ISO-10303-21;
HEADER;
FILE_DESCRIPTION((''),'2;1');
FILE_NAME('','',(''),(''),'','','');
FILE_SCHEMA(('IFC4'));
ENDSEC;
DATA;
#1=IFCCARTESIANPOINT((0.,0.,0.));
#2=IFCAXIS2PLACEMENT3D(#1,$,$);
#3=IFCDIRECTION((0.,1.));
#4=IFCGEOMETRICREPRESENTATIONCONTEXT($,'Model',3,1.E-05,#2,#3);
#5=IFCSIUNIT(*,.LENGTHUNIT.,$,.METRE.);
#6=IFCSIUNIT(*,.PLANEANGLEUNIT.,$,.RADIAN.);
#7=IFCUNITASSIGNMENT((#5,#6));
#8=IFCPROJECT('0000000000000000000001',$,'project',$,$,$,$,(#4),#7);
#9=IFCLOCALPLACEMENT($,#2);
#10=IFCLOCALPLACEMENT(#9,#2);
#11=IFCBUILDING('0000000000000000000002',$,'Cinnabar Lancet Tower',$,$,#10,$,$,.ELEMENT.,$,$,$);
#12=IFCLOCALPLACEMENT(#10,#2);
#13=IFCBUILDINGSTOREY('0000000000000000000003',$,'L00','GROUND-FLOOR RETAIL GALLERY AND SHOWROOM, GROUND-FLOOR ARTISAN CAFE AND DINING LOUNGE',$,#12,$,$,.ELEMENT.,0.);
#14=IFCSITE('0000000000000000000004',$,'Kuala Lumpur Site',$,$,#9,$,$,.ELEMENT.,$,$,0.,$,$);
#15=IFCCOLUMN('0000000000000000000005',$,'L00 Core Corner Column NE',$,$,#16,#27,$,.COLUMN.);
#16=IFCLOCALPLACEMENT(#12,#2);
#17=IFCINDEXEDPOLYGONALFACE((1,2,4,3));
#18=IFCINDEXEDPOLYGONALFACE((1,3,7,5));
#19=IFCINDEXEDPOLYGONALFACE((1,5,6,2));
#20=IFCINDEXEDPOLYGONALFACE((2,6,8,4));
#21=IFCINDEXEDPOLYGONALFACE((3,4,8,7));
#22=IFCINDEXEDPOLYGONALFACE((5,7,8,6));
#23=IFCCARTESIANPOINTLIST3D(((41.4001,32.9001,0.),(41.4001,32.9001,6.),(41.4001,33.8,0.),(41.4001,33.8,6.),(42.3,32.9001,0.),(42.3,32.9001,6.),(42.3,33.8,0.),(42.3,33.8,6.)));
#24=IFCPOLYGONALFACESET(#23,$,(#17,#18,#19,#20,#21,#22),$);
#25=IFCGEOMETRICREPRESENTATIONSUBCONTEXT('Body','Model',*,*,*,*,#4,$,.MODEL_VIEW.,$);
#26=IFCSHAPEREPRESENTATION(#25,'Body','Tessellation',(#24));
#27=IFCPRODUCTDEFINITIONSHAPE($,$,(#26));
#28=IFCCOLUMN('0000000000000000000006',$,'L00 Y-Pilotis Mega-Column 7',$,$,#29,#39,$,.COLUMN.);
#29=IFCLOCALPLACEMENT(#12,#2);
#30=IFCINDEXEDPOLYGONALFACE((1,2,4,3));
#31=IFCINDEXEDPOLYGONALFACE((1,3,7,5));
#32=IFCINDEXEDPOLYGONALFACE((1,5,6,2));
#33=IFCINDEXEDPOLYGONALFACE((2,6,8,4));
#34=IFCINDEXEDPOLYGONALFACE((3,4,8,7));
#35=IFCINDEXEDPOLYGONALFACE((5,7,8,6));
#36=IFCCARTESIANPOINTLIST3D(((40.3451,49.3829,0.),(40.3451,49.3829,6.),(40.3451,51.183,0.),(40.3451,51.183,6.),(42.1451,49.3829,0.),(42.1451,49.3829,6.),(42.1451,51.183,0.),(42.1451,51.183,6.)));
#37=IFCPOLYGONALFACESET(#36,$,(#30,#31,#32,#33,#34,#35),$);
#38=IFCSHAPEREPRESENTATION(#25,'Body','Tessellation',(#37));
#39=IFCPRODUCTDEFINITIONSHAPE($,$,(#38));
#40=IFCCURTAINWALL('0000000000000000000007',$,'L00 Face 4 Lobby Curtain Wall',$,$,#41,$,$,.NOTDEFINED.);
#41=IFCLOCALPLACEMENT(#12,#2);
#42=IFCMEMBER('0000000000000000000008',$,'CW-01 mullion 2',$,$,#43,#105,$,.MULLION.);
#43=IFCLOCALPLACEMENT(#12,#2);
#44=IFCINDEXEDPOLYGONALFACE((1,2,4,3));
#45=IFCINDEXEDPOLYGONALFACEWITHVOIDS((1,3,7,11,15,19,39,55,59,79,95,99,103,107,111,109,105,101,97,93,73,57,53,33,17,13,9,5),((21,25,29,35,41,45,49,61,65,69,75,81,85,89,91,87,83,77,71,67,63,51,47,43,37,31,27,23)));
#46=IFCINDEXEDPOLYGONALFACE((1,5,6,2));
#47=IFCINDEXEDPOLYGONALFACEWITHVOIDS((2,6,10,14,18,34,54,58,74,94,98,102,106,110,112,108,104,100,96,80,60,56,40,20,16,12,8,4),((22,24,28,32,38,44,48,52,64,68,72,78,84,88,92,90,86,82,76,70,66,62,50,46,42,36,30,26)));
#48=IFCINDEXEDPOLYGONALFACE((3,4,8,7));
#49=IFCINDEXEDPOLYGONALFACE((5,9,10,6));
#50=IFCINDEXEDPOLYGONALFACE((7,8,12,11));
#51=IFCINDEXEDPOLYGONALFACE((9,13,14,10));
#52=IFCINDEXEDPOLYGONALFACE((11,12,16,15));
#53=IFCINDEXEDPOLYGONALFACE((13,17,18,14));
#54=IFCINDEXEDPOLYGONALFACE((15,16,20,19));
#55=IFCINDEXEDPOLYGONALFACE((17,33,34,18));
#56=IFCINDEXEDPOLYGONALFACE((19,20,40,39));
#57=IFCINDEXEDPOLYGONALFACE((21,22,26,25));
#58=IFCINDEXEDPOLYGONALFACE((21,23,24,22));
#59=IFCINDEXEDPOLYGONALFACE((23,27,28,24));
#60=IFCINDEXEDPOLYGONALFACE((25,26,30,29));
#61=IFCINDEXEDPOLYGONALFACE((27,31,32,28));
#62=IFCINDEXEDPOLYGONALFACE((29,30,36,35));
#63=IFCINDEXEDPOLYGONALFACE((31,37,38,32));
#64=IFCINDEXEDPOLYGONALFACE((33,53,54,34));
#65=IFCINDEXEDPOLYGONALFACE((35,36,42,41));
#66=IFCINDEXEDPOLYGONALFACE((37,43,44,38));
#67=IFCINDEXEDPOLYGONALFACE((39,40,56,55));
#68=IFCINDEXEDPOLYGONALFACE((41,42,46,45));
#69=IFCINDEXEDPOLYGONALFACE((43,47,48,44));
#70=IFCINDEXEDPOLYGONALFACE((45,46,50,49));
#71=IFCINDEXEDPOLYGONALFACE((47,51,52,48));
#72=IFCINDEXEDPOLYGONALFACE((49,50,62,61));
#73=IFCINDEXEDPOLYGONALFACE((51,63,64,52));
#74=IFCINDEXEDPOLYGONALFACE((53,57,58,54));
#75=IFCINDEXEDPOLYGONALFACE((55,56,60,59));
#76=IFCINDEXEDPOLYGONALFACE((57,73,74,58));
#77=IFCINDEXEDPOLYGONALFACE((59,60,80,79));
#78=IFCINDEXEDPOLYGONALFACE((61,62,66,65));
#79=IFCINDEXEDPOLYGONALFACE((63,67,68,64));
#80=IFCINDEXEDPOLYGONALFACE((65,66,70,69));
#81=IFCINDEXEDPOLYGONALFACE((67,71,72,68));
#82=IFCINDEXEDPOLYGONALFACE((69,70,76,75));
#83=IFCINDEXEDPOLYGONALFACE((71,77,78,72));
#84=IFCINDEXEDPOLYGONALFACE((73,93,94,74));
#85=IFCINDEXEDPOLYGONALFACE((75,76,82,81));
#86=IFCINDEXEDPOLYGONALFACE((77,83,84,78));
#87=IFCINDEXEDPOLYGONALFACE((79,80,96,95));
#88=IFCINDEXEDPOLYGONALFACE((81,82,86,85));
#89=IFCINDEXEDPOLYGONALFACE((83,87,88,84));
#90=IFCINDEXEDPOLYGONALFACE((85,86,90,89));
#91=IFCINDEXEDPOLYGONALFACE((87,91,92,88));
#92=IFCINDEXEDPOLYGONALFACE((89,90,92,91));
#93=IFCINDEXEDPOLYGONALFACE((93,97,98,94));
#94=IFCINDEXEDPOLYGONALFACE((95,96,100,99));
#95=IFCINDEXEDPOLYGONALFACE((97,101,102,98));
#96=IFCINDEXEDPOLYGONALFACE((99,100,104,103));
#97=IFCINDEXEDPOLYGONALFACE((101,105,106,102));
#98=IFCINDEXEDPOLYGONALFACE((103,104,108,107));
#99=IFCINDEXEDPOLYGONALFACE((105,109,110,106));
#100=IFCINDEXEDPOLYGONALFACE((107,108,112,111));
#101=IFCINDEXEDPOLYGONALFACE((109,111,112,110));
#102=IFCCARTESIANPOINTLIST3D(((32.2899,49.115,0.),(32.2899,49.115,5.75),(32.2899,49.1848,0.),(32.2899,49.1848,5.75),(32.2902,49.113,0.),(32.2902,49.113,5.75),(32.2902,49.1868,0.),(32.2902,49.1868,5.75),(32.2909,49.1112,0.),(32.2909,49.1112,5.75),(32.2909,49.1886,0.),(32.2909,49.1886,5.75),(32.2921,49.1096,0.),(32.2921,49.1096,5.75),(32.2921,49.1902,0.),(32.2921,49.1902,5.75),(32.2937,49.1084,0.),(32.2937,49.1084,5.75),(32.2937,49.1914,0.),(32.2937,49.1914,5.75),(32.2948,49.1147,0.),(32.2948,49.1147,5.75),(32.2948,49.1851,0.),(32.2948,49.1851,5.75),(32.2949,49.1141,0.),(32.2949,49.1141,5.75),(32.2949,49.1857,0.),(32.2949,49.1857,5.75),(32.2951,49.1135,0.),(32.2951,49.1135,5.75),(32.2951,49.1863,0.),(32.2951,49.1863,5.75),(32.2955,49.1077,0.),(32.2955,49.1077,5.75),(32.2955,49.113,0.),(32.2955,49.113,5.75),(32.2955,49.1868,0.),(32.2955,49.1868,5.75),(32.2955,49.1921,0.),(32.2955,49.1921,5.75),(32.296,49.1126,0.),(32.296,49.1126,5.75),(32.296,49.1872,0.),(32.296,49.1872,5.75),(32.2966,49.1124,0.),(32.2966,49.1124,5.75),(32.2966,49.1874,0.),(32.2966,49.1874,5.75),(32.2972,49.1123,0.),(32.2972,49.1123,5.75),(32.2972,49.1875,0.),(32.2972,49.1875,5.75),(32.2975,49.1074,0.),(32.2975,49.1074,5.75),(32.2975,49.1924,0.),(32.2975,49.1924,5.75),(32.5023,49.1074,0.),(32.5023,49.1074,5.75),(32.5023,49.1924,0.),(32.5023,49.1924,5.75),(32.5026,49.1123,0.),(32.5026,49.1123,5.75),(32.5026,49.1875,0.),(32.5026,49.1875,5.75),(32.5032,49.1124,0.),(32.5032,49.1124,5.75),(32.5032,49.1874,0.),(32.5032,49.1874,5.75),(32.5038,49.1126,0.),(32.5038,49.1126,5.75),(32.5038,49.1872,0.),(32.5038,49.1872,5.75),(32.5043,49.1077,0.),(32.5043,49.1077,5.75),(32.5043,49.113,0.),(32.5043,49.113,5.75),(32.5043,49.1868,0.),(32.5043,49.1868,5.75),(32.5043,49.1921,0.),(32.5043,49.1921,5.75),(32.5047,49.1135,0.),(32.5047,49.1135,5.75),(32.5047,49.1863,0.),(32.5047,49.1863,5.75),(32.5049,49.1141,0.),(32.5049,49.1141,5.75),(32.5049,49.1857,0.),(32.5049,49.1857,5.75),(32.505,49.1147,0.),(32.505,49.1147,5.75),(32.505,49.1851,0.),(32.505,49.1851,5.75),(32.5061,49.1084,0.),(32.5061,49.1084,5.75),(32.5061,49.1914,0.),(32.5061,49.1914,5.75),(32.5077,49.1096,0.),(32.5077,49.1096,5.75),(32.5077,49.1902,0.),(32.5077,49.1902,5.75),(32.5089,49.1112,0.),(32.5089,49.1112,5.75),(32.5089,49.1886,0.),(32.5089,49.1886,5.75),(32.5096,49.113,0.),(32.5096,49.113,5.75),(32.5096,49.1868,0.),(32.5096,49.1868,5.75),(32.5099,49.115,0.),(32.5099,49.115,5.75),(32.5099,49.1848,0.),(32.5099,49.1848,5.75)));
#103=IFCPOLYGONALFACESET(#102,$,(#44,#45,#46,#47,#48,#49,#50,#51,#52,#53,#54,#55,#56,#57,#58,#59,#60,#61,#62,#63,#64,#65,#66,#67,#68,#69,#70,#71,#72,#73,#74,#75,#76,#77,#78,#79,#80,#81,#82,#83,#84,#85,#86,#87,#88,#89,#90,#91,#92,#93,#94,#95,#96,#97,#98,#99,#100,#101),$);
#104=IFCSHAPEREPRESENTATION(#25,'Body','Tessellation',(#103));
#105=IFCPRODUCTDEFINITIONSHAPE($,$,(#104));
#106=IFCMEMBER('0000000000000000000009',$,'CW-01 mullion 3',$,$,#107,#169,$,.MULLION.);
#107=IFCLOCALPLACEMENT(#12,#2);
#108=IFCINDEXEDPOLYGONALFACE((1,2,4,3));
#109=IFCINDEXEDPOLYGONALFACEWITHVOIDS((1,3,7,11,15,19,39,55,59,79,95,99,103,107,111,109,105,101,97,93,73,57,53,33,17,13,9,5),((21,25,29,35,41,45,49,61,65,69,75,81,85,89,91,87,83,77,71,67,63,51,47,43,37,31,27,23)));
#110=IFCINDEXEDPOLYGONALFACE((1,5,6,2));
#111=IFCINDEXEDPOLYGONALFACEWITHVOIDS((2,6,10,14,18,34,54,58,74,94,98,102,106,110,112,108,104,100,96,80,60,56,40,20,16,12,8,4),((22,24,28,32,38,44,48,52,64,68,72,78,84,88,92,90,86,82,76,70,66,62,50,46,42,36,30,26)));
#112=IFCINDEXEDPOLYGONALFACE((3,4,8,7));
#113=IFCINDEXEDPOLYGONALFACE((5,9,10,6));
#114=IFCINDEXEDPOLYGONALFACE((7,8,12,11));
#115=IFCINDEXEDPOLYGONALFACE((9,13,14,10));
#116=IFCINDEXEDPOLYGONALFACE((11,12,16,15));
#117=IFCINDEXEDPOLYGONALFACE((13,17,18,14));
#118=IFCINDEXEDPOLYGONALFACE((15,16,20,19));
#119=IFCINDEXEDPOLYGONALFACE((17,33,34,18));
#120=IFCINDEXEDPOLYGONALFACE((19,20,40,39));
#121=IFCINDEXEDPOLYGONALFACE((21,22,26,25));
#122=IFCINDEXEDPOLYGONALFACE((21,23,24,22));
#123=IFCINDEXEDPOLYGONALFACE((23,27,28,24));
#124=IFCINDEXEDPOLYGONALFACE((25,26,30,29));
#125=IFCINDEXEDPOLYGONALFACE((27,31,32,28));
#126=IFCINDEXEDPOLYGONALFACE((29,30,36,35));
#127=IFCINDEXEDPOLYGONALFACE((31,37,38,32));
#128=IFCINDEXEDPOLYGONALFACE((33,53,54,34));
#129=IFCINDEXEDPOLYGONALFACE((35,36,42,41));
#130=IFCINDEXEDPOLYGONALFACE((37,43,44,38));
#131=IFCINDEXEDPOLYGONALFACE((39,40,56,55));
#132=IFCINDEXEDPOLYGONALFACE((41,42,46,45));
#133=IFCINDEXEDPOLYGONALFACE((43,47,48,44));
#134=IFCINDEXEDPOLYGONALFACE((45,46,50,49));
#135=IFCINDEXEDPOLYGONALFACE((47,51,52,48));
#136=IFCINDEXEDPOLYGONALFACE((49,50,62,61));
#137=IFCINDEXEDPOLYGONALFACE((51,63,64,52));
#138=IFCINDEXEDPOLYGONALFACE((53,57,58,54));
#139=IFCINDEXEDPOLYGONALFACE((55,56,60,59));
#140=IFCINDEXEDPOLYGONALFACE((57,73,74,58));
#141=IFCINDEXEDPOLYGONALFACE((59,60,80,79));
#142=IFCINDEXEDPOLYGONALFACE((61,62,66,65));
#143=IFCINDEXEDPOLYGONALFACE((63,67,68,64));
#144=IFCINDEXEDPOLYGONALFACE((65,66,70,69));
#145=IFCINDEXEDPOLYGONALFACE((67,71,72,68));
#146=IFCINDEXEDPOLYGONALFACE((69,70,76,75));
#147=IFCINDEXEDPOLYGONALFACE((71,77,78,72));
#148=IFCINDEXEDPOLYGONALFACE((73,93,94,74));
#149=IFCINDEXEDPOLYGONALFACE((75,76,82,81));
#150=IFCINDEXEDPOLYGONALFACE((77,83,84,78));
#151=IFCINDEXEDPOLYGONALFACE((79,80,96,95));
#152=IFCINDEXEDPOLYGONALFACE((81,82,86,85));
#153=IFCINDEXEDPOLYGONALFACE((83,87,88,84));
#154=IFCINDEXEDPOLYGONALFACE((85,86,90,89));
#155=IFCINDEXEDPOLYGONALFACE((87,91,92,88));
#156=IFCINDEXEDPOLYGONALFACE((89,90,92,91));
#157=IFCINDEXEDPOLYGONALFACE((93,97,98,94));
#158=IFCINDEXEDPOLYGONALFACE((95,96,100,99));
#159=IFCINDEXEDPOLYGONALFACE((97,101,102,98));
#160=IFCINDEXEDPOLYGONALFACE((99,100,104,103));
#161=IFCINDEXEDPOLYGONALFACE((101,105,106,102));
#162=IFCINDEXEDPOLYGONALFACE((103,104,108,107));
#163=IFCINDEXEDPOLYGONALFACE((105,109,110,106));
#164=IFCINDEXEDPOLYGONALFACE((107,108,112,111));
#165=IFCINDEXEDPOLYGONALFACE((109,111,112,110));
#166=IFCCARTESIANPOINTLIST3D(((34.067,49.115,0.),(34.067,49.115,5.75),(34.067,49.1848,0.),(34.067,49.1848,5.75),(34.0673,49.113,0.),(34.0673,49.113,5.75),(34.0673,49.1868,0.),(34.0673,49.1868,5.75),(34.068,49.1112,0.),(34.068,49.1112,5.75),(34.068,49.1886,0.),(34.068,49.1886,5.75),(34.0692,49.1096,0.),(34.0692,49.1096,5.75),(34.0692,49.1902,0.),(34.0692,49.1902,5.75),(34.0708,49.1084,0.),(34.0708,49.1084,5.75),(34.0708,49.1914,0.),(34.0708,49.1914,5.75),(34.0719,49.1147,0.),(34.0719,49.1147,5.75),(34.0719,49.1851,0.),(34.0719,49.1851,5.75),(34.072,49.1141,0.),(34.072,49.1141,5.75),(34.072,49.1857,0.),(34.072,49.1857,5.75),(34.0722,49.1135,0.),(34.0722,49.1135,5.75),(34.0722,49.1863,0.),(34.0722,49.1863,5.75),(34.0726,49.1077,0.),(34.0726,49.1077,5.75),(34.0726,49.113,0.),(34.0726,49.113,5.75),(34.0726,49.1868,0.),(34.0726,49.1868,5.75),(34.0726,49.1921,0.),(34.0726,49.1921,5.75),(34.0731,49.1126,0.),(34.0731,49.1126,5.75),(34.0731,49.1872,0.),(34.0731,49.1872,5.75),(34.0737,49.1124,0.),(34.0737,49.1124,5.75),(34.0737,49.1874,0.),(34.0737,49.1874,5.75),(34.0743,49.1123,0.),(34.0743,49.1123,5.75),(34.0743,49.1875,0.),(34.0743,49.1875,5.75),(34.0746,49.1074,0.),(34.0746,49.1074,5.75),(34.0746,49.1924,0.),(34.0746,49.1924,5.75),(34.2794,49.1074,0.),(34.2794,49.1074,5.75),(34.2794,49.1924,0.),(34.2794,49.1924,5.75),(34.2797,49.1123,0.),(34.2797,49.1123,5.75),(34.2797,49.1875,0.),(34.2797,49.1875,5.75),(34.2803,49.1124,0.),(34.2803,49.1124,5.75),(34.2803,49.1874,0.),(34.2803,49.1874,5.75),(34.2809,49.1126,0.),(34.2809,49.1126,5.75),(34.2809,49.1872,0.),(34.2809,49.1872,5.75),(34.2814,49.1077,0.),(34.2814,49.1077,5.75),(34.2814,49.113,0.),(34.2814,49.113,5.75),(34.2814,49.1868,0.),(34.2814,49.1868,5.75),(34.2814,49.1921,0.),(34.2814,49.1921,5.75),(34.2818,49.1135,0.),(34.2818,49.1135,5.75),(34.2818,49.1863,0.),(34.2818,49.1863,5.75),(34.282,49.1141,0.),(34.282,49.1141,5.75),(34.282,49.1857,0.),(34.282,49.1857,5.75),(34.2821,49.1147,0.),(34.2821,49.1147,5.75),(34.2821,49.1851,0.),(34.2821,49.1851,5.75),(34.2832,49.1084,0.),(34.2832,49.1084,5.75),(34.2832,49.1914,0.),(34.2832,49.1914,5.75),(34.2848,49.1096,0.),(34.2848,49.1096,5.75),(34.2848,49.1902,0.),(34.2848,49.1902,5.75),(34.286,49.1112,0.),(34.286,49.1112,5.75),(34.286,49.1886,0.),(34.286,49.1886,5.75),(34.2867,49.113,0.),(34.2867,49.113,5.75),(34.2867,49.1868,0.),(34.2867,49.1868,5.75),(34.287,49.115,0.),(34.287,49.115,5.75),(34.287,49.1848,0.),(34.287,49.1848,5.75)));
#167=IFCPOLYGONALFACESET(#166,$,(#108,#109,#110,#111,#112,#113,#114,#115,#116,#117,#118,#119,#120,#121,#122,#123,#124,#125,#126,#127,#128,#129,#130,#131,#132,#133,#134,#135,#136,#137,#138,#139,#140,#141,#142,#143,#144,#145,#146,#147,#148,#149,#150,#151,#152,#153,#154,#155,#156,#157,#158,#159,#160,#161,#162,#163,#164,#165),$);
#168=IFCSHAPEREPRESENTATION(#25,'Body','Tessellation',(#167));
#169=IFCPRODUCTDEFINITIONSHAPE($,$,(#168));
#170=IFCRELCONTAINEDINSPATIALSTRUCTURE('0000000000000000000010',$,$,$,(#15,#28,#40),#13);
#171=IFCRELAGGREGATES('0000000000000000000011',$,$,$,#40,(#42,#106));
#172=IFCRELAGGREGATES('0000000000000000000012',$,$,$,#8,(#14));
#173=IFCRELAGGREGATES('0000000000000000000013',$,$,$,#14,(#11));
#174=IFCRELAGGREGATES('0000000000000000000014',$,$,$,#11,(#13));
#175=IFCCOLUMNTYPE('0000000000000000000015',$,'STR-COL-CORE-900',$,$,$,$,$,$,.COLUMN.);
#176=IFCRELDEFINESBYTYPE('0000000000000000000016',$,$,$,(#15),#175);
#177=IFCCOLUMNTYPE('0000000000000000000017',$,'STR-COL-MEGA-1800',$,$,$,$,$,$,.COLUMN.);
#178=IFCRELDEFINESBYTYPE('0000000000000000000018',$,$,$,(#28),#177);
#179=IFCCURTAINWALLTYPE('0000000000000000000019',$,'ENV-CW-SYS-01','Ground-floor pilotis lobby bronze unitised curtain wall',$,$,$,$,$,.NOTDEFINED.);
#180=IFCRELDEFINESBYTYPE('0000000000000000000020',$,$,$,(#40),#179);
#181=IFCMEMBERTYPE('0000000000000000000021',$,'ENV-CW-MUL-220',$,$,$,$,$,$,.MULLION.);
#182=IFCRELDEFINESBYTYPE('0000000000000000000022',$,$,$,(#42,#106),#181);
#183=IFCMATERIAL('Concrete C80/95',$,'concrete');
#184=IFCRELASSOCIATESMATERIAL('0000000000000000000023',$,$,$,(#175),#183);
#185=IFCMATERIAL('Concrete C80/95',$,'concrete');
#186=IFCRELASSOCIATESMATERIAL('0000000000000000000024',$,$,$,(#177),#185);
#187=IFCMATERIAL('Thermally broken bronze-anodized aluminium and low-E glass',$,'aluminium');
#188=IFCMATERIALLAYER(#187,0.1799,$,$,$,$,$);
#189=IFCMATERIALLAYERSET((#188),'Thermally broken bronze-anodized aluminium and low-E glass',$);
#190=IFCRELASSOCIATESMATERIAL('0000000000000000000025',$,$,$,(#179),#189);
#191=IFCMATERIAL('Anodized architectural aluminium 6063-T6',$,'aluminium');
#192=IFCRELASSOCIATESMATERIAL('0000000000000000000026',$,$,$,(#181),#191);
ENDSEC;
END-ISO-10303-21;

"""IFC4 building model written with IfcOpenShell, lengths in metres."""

from ifc_helpers import new_model, si_unit, direction, frame, origin, origin_2d, place, context, subcontext, project, spatial, rectangle, hollow_rectangle, extrude, material, layer, layer_set, material_profile, profile_set, type_object, element, aggregate, save


model = new_model("IFC4")

# Units and contexts
model_context = context("Model", 3, precision=1e-05, world=origin(), true_north=direction((0.0, 1.0)))
body_context = subcontext(model_context, "Body", "Model", "MODEL_VIEW")
ifc_project = project(units=[si_unit("LENGTHUNIT", "METRE"), si_unit("PLANEANGLEUNIT", "RADIAN")], contexts=[model_context])

# Site, building, storey
site_placement = place(None, origin())
site = spatial("IfcSite", under=ifc_project, at=site_placement, Name="Kuala Lumpur Site", CompositionType="ELEMENT", RefElevation=0.0)
building_placement = place(site_placement, origin())
building = spatial("IfcBuilding", under=site, at=building_placement, Name="Cinnabar Lancet Tower", CompositionType="ELEMENT")
storey_placement = place(building_placement, origin())
storey = spatial("IfcBuildingStorey", under=building, at=storey_placement, Name="L00", Description="GROUND-FLOOR RETAIL GALLERY AND SHOWROOM, GROUND-FLOOR ARTISAN CAFE AND DINING LOUNGE", CompositionType="ELEMENT", Elevation=0.0)

# Columns
ifc_material_1 = material(Name="Concrete C80/95", Category="concrete")
ifc_material_profile_1 = material_profile(ifc_material_1, rectangle(XDim=0.8999, YDim=0.8999, at=origin_2d()), Name="RC-COL 900x900")
ifc_profile_set_1 = profile_set([ifc_material_profile_1], Name="Concrete C80/95")
column_type_1 = type_object("IfcColumnType", Name="STR-COL-CORE-900", PredefinedType="COLUMN", material=ifc_profile_set_1)
column_1_placement = place(storey_placement, frame((41.8501, 33.3501, 0.0), z_axis=(0.0, 0.0, 1.0), x_axis=(1.0, 0.0, 0.0)))
element("IfcColumn", 1, at=column_1_placement, inside=storey, type_object=column_type_1, Name="L00 Core Corner Column NE", PredefinedType="COLUMN", context=body_context, shape_type="SweptSolid", body=[
    extrude(rectangle(XDim=0.8999, YDim=0.8999, at=origin_2d()), origin(), (0.0, 0.0, 1.0), 6.0),
])
ifc_material_2 = material(Name="Concrete C80/95", Category="concrete")
ifc_material_profile_2 = material_profile(ifc_material_2, rectangle(XDim=1.8, YDim=1.8, at=origin_2d()), Name="RC-MEGA 1800x1800")
ifc_profile_set_2 = profile_set([ifc_material_profile_2], Name="Concrete C80/95")
column_type_2 = type_object("IfcColumnType", Name="STR-COL-MEGA-1800", PredefinedType="COLUMN", material=ifc_profile_set_2)
column_2_placement = place(storey_placement, frame((41.2451, 50.283, 0.0), z_axis=(0.0, 0.0, 1.0), x_axis=(1.0, 0.0, 0.0)))
element("IfcColumn", 2, at=column_2_placement, inside=storey, type_object=column_type_2, Name="L00 Y-Pilotis Mega-Column 7", PredefinedType="COLUMN", context=body_context, shape_type="SweptSolid", body=[
    extrude(rectangle(XDim=1.8, YDim=1.8, at=origin_2d()), origin(), (0.0, 0.0, 1.0), 6.0),
])

# Curtain wall, members
ifc_material_3 = material(Name="Thermally broken bronze-anodized aluminium and low-E glass", Category="aluminium")
ifc_layer_1 = layer(ifc_material_3, 0.1799)
ifc_layer_set_1 = layer_set([ifc_layer_1], Name="Thermally broken bronze-anodized aluminium and low-E glass")
curtain_wall_type = type_object("IfcCurtainWallType", Name="ENV-CW-SYS-01", Description="Ground-floor pilotis lobby bronze unitised curtain wall", PredefinedType="NOTDEFINED", material=ifc_layer_set_1)
curtain_wall_placement = place(storey_placement, origin())
curtain_wall = element("IfcCurtainWall", 3, at=curtain_wall_placement, inside=storey, type_object=curtain_wall_type, Name="L00 Face 4 Lobby Curtain Wall", PredefinedType="NOTDEFINED")
ifc_material_4 = material(Name="Anodized architectural aluminium 6063-T6", Category="aluminium")
ifc_material_profile_3 = material_profile(ifc_material_4, hollow_rectangle(XDim=0.085, YDim=0.22, WallThickness=0.0049, InnerFilletRadius=0.0024, OuterFilletRadius=0.0076, at=origin_2d()), Name="CW-MUL 220x85x5")
ifc_profile_set_3 = profile_set([ifc_material_profile_3], Name="Anodized architectural aluminium 6063-T6")
member_type_1 = type_object("IfcMemberType", Name="ENV-CW-MUL-220", PredefinedType="MULLION", material=ifc_profile_set_3)
member_1_placement = place(storey_placement, frame((32.3999, 49.1499, 0.0), z_axis=(0.0, 0.0, 1.0), x_axis=(0.0, 1.0, 0.0)))
member_1 = element("IfcMember", 4, at=member_1_placement, type_object=member_type_1, Name="CW-01 mullion 2", PredefinedType="MULLION", context=body_context, shape_type="SweptSolid", body=[
    extrude(hollow_rectangle(XDim=0.085, YDim=0.22, WallThickness=0.0049, InnerFilletRadius=0.0024, OuterFilletRadius=0.0076, at=origin_2d()), origin(), (0.0, 0.0, 1.0), 5.75),
])
member_2_placement = place(storey_placement, frame((34.177, 49.1499, 0.0), z_axis=(0.0, 0.0, 1.0), x_axis=(0.0, 1.0, 0.0)))
member_2 = element("IfcMember", 5, at=member_2_placement, type_object=member_type_1, Name="CW-01 mullion 3", PredefinedType="MULLION", context=body_context, shape_type="SweptSolid", body=[
    extrude(hollow_rectangle(XDim=0.085, YDim=0.22, WallThickness=0.0049, InnerFilletRadius=0.0024, OuterFilletRadius=0.0076, at=origin_2d()), origin(), (0.0, 0.0, 1.0), 5.75),
])

aggregate(curtain_wall, [member_1, member_2])

save(model, "model.ifc")
